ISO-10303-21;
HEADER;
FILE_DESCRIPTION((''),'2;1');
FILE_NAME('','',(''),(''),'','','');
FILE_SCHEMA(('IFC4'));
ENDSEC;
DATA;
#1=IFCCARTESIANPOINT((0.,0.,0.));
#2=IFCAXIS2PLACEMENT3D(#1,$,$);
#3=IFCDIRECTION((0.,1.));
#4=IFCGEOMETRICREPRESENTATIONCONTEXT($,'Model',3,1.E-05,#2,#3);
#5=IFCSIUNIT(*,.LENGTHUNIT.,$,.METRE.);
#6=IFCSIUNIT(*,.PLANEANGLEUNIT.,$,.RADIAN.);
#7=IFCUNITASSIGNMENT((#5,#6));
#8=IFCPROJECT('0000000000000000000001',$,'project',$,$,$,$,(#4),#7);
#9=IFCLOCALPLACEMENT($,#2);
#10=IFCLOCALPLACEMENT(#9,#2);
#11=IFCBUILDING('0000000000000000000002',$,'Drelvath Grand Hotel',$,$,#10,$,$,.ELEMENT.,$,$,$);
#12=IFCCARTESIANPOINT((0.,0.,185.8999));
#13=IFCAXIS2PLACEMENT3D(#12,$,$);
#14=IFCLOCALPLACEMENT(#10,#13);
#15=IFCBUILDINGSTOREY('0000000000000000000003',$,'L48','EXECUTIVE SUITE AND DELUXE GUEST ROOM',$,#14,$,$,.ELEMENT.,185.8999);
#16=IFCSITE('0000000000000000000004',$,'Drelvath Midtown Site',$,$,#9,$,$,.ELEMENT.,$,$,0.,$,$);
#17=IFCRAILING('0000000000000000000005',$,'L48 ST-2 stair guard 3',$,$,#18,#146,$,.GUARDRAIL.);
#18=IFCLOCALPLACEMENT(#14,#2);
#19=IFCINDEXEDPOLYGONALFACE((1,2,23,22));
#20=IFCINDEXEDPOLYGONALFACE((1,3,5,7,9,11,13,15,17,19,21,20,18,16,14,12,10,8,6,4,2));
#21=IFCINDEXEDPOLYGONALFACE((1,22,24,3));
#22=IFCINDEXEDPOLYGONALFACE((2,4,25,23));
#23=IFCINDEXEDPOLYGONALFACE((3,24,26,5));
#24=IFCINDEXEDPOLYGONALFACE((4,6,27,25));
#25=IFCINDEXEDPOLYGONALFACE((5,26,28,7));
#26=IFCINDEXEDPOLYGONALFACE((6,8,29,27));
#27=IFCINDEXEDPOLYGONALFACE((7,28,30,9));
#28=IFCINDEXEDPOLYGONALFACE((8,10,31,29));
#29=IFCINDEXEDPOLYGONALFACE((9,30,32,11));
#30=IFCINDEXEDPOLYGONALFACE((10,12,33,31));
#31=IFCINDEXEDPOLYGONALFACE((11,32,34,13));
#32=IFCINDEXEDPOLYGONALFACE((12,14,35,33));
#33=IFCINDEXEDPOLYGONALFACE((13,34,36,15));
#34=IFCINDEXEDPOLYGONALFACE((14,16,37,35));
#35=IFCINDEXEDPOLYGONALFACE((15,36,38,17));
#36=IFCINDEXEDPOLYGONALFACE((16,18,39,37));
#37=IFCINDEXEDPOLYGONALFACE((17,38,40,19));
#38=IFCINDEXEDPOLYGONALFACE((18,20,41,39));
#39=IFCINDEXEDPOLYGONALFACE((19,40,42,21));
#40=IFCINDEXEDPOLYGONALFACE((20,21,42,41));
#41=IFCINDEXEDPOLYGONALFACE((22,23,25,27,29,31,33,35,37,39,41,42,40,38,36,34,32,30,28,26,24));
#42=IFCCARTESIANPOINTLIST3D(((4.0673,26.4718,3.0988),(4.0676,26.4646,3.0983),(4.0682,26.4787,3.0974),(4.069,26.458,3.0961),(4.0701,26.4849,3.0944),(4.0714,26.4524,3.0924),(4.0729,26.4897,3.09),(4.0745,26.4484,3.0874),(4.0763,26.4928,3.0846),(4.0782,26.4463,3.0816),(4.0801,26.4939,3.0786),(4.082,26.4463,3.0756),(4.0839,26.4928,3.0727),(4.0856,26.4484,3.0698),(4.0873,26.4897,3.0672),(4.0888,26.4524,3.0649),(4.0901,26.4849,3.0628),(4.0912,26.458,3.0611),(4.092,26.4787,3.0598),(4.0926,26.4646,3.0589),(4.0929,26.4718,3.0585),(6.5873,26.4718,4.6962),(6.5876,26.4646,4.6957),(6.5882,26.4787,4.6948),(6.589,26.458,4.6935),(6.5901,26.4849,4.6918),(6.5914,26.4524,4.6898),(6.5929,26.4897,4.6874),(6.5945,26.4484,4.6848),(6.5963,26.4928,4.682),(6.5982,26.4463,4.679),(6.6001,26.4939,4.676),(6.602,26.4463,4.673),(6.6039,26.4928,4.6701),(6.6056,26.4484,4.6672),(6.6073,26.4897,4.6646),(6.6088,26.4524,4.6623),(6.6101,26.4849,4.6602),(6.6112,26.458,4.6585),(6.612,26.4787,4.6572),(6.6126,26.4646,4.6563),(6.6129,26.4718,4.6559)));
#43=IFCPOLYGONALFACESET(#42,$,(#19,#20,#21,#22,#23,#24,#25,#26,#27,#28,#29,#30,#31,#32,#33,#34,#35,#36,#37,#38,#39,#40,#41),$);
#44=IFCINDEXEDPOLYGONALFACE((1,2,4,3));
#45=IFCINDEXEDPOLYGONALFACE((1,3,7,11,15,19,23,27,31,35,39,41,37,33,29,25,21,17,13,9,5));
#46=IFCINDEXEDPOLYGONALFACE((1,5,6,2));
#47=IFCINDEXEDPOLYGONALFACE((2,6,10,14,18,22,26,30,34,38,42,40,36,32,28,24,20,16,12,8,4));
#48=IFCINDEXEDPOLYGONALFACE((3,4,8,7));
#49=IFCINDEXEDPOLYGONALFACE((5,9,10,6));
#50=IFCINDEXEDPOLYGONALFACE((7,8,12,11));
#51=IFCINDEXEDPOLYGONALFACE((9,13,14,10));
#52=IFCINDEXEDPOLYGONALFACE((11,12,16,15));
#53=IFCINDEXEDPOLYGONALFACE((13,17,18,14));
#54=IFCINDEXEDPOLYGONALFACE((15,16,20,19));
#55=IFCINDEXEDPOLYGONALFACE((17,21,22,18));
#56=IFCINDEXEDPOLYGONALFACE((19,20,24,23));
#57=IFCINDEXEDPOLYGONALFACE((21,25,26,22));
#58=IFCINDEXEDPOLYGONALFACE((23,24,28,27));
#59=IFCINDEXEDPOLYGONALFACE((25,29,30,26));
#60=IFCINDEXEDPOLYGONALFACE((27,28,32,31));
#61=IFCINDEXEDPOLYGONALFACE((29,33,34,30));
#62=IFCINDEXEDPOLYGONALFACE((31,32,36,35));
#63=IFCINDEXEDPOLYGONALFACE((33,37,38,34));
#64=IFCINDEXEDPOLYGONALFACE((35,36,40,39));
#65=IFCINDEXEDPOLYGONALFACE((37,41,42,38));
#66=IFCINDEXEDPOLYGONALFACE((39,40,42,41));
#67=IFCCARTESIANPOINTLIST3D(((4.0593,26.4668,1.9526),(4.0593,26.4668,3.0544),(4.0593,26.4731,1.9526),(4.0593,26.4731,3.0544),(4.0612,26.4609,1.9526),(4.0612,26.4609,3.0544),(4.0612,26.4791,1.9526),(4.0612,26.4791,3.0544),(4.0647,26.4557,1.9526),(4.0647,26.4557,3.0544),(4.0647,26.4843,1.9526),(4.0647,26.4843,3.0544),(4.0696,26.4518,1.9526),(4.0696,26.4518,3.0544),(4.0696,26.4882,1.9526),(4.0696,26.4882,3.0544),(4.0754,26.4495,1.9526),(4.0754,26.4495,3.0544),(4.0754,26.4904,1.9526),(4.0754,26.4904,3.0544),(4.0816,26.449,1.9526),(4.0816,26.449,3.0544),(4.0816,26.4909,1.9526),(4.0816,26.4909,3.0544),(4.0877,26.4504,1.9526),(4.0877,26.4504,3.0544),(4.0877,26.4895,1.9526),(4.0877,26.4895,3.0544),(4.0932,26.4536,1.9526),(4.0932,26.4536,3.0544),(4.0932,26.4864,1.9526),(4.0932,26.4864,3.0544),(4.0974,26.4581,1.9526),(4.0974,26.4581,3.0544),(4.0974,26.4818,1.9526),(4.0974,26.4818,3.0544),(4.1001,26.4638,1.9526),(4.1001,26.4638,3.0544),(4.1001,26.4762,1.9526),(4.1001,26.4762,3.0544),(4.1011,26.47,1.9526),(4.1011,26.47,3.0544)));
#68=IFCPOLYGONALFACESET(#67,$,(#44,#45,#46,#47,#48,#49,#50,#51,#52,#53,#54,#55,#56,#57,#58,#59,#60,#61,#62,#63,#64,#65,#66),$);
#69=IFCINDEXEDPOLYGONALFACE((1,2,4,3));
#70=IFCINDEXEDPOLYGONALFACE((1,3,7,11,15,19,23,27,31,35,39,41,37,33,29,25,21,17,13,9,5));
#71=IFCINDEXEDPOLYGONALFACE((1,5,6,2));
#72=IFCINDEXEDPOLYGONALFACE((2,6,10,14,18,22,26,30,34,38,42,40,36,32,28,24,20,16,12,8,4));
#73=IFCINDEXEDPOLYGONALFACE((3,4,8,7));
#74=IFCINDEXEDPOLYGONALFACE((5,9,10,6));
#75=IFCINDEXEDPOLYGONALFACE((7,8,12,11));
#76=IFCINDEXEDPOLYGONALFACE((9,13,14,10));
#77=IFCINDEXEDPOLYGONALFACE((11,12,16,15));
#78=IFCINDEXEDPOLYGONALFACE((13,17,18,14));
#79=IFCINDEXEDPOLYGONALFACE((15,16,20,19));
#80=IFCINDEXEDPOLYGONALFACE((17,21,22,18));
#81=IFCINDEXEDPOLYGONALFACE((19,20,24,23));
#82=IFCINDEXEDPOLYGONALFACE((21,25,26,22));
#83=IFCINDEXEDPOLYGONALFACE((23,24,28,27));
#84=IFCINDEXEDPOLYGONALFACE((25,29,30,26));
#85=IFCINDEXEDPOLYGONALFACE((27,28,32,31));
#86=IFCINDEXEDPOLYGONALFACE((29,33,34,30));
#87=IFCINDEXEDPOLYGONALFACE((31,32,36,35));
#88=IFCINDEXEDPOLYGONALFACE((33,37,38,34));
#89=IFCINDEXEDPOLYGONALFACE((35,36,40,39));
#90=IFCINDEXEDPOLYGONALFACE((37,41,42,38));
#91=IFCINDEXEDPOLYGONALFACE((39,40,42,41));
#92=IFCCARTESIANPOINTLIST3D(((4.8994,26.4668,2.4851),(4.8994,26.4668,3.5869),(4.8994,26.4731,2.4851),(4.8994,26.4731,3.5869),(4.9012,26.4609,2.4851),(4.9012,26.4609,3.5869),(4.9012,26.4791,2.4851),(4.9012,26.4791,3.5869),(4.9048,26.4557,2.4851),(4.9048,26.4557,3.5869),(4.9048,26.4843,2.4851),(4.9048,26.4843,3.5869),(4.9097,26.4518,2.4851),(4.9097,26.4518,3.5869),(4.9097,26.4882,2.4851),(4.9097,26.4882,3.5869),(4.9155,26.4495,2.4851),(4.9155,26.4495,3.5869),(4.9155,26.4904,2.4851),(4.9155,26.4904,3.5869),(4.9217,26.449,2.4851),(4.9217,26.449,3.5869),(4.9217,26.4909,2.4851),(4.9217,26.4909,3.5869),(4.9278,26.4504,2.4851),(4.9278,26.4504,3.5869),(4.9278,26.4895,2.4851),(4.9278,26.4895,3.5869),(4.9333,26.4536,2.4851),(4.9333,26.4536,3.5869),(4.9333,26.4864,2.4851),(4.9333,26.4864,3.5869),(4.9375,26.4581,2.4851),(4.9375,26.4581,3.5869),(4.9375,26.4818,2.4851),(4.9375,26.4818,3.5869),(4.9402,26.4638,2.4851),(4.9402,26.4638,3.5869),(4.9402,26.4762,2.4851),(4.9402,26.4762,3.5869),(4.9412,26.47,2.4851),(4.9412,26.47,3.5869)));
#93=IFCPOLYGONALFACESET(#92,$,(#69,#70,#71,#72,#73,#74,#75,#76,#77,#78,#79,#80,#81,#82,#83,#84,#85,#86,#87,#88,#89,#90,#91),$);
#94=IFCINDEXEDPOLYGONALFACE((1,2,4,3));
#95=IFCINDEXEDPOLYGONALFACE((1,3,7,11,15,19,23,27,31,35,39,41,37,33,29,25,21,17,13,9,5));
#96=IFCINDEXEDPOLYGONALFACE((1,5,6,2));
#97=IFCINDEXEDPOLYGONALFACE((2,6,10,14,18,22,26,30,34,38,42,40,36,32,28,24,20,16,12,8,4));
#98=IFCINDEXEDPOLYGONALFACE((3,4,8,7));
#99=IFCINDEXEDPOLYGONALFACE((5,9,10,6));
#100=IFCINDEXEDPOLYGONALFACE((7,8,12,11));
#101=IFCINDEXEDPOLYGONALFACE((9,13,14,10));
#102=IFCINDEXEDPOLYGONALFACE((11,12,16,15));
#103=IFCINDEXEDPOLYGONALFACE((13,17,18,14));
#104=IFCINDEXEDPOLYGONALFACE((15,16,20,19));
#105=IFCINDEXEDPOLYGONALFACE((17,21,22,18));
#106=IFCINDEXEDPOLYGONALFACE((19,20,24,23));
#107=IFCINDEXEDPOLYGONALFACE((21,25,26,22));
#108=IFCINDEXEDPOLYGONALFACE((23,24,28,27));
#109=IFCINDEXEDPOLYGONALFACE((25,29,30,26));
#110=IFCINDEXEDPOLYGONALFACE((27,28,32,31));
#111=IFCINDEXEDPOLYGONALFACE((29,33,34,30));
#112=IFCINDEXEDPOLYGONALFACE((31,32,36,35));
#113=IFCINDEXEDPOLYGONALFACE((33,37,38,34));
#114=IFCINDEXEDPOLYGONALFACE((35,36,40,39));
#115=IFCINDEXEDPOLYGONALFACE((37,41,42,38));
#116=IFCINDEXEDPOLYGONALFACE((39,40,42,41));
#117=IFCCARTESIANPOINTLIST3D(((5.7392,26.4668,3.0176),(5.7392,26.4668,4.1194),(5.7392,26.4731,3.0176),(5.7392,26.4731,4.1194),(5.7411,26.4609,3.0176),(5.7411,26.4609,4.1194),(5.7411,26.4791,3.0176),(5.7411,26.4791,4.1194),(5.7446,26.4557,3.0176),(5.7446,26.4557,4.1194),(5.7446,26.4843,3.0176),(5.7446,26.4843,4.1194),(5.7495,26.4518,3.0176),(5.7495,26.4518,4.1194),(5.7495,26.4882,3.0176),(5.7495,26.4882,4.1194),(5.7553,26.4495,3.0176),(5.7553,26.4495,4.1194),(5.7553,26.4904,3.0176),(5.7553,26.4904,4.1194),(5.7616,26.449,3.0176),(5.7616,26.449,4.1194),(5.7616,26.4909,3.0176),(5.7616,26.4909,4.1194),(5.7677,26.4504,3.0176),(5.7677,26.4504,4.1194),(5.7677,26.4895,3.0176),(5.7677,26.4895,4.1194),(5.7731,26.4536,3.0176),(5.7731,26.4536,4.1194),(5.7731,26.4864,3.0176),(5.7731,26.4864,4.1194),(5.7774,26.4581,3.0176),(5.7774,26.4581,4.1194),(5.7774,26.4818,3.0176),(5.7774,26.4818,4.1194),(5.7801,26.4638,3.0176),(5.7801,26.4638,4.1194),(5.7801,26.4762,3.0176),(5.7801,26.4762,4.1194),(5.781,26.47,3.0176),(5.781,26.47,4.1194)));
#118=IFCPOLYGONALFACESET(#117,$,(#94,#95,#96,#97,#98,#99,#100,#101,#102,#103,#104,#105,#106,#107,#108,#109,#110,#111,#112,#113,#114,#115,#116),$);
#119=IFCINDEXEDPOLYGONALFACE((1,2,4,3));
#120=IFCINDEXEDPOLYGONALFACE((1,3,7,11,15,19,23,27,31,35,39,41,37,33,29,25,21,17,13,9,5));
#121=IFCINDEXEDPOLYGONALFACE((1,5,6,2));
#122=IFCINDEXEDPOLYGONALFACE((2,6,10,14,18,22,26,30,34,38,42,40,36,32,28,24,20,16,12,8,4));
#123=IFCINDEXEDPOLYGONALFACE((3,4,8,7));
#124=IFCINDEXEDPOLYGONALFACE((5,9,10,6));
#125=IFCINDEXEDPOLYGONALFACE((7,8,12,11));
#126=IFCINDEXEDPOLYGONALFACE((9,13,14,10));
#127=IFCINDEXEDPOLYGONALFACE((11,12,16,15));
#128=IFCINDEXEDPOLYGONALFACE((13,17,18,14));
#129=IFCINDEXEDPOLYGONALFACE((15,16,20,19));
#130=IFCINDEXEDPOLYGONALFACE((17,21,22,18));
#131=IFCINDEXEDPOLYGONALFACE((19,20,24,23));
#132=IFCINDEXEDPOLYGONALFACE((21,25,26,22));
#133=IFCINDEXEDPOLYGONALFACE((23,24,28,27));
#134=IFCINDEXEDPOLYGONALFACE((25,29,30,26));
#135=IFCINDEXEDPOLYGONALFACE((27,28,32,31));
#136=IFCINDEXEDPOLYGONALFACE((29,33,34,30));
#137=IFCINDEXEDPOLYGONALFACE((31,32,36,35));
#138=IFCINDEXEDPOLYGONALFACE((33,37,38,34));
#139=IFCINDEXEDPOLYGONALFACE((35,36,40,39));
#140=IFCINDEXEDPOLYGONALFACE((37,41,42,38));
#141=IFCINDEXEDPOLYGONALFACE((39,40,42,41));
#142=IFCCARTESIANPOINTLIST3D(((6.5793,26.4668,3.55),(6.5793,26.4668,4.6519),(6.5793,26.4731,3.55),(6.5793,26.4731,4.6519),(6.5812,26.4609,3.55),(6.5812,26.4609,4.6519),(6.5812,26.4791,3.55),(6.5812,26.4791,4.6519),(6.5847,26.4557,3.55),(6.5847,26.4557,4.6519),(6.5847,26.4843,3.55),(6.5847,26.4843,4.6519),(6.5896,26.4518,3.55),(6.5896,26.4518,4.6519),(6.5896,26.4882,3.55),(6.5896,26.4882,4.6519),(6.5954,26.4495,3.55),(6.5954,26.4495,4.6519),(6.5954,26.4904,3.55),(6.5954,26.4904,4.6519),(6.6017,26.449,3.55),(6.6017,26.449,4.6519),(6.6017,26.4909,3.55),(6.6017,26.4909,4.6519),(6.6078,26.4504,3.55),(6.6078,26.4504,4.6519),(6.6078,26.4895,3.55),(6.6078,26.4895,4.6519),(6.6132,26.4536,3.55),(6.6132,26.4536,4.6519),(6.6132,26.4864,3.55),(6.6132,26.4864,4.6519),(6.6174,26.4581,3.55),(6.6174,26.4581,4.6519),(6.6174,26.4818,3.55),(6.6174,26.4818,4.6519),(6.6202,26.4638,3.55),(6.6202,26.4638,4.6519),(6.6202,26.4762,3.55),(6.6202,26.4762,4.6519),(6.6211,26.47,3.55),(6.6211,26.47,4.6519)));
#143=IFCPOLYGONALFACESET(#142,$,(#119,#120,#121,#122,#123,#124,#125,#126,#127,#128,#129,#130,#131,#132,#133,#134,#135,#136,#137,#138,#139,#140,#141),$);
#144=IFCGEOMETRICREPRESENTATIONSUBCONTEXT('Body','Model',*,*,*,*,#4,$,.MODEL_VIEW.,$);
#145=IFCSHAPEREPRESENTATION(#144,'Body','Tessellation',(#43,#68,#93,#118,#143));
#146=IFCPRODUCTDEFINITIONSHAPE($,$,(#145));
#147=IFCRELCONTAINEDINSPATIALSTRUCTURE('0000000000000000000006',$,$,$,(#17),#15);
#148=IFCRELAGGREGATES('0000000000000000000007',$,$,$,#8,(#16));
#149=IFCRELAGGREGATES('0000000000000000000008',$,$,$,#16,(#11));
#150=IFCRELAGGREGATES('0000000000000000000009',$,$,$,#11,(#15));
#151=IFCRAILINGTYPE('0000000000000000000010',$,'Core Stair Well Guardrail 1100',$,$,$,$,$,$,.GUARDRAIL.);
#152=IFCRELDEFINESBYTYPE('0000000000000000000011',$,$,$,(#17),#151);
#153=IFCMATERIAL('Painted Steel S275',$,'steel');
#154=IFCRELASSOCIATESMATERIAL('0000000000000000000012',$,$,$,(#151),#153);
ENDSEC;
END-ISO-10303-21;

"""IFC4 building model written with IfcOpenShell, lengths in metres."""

from ifc_helpers import new_model, si_unit, direction, frame, origin, origin_2d, place, context, subcontext, project, spatial, circle, extrude, material, type_object, element, save


model = new_model("IFC4")

# Units and contexts
model_context = context("Model", 3, precision=1e-05, world=origin(), true_north=direction((0.0, 1.0)))
body_context = subcontext(model_context, "Body", "Model", "MODEL_VIEW")
ifc_project = project(units=[si_unit("LENGTHUNIT", "METRE"), si_unit("PLANEANGLEUNIT", "RADIAN")], contexts=[model_context])

# Site, building, storey
site_placement = place(None, origin())
site = spatial("IfcSite", under=ifc_project, at=site_placement, Name="Drelvath Midtown Site", CompositionType="ELEMENT", RefElevation=0.0)
building_placement = place(site_placement, origin())
building = spatial("IfcBuilding", under=site, at=building_placement, Name="Drelvath Grand Hotel", CompositionType="ELEMENT")
storey_placement = place(building_placement, frame((0.0, 0.0, 185.8999)))
storey = spatial("IfcBuildingStorey", under=building, at=storey_placement, Name="L48", Description="EXECUTIVE SUITE AND DELUXE GUEST ROOM", CompositionType="ELEMENT", Elevation=185.8999)

# Railing
ifc_material_1 = material(Name="Painted Steel S275", Category="steel")
railing_type_1 = type_object("IfcRailingType", Name="Core Stair Well Guardrail 1100", PredefinedType="GUARDRAIL", material=ifc_material_1)
railing_1_placement = place(storey_placement, frame((4.0801, 26.47, 1.9526)))
element("IfcRailing", 1, at=railing_1_placement, inside=storey, type_object=railing_type_1, Name="L48 ST-2 stair guard 3", PredefinedType="GUARDRAIL", context=body_context, shape_type="SweptSolid", body=[
    extrude(circle(Radius=0.0239, at=origin_2d()), frame((0.0, 0.0, 1.126), z_axis=(0.844607, 0.0, 0.535387), x_axis=(0.0, 1.0, 0.0)), (0.0, 0.0, 1.0), 2.9836),
    extrude(circle(Radius=0.021, at=origin_2d()), origin(), (0.0, 0.0, 1.0), 1.1018),
    extrude(circle(Radius=0.021, at=origin_2d()), frame((0.8401, 0.0, 0.5325)), (0.0, 0.0, 1.0), 1.1018),
    extrude(circle(Radius=0.021, at=origin_2d()), frame((1.6799, 0.0, 1.0649)), (0.0, 0.0, 1.0), 1.1018),
    extrude(circle(Radius=0.021, at=origin_2d()), frame((2.52, 0.0, 1.5974)), (0.0, 0.0, 1.0), 1.1018),
])

save(model, "model.ifc")
